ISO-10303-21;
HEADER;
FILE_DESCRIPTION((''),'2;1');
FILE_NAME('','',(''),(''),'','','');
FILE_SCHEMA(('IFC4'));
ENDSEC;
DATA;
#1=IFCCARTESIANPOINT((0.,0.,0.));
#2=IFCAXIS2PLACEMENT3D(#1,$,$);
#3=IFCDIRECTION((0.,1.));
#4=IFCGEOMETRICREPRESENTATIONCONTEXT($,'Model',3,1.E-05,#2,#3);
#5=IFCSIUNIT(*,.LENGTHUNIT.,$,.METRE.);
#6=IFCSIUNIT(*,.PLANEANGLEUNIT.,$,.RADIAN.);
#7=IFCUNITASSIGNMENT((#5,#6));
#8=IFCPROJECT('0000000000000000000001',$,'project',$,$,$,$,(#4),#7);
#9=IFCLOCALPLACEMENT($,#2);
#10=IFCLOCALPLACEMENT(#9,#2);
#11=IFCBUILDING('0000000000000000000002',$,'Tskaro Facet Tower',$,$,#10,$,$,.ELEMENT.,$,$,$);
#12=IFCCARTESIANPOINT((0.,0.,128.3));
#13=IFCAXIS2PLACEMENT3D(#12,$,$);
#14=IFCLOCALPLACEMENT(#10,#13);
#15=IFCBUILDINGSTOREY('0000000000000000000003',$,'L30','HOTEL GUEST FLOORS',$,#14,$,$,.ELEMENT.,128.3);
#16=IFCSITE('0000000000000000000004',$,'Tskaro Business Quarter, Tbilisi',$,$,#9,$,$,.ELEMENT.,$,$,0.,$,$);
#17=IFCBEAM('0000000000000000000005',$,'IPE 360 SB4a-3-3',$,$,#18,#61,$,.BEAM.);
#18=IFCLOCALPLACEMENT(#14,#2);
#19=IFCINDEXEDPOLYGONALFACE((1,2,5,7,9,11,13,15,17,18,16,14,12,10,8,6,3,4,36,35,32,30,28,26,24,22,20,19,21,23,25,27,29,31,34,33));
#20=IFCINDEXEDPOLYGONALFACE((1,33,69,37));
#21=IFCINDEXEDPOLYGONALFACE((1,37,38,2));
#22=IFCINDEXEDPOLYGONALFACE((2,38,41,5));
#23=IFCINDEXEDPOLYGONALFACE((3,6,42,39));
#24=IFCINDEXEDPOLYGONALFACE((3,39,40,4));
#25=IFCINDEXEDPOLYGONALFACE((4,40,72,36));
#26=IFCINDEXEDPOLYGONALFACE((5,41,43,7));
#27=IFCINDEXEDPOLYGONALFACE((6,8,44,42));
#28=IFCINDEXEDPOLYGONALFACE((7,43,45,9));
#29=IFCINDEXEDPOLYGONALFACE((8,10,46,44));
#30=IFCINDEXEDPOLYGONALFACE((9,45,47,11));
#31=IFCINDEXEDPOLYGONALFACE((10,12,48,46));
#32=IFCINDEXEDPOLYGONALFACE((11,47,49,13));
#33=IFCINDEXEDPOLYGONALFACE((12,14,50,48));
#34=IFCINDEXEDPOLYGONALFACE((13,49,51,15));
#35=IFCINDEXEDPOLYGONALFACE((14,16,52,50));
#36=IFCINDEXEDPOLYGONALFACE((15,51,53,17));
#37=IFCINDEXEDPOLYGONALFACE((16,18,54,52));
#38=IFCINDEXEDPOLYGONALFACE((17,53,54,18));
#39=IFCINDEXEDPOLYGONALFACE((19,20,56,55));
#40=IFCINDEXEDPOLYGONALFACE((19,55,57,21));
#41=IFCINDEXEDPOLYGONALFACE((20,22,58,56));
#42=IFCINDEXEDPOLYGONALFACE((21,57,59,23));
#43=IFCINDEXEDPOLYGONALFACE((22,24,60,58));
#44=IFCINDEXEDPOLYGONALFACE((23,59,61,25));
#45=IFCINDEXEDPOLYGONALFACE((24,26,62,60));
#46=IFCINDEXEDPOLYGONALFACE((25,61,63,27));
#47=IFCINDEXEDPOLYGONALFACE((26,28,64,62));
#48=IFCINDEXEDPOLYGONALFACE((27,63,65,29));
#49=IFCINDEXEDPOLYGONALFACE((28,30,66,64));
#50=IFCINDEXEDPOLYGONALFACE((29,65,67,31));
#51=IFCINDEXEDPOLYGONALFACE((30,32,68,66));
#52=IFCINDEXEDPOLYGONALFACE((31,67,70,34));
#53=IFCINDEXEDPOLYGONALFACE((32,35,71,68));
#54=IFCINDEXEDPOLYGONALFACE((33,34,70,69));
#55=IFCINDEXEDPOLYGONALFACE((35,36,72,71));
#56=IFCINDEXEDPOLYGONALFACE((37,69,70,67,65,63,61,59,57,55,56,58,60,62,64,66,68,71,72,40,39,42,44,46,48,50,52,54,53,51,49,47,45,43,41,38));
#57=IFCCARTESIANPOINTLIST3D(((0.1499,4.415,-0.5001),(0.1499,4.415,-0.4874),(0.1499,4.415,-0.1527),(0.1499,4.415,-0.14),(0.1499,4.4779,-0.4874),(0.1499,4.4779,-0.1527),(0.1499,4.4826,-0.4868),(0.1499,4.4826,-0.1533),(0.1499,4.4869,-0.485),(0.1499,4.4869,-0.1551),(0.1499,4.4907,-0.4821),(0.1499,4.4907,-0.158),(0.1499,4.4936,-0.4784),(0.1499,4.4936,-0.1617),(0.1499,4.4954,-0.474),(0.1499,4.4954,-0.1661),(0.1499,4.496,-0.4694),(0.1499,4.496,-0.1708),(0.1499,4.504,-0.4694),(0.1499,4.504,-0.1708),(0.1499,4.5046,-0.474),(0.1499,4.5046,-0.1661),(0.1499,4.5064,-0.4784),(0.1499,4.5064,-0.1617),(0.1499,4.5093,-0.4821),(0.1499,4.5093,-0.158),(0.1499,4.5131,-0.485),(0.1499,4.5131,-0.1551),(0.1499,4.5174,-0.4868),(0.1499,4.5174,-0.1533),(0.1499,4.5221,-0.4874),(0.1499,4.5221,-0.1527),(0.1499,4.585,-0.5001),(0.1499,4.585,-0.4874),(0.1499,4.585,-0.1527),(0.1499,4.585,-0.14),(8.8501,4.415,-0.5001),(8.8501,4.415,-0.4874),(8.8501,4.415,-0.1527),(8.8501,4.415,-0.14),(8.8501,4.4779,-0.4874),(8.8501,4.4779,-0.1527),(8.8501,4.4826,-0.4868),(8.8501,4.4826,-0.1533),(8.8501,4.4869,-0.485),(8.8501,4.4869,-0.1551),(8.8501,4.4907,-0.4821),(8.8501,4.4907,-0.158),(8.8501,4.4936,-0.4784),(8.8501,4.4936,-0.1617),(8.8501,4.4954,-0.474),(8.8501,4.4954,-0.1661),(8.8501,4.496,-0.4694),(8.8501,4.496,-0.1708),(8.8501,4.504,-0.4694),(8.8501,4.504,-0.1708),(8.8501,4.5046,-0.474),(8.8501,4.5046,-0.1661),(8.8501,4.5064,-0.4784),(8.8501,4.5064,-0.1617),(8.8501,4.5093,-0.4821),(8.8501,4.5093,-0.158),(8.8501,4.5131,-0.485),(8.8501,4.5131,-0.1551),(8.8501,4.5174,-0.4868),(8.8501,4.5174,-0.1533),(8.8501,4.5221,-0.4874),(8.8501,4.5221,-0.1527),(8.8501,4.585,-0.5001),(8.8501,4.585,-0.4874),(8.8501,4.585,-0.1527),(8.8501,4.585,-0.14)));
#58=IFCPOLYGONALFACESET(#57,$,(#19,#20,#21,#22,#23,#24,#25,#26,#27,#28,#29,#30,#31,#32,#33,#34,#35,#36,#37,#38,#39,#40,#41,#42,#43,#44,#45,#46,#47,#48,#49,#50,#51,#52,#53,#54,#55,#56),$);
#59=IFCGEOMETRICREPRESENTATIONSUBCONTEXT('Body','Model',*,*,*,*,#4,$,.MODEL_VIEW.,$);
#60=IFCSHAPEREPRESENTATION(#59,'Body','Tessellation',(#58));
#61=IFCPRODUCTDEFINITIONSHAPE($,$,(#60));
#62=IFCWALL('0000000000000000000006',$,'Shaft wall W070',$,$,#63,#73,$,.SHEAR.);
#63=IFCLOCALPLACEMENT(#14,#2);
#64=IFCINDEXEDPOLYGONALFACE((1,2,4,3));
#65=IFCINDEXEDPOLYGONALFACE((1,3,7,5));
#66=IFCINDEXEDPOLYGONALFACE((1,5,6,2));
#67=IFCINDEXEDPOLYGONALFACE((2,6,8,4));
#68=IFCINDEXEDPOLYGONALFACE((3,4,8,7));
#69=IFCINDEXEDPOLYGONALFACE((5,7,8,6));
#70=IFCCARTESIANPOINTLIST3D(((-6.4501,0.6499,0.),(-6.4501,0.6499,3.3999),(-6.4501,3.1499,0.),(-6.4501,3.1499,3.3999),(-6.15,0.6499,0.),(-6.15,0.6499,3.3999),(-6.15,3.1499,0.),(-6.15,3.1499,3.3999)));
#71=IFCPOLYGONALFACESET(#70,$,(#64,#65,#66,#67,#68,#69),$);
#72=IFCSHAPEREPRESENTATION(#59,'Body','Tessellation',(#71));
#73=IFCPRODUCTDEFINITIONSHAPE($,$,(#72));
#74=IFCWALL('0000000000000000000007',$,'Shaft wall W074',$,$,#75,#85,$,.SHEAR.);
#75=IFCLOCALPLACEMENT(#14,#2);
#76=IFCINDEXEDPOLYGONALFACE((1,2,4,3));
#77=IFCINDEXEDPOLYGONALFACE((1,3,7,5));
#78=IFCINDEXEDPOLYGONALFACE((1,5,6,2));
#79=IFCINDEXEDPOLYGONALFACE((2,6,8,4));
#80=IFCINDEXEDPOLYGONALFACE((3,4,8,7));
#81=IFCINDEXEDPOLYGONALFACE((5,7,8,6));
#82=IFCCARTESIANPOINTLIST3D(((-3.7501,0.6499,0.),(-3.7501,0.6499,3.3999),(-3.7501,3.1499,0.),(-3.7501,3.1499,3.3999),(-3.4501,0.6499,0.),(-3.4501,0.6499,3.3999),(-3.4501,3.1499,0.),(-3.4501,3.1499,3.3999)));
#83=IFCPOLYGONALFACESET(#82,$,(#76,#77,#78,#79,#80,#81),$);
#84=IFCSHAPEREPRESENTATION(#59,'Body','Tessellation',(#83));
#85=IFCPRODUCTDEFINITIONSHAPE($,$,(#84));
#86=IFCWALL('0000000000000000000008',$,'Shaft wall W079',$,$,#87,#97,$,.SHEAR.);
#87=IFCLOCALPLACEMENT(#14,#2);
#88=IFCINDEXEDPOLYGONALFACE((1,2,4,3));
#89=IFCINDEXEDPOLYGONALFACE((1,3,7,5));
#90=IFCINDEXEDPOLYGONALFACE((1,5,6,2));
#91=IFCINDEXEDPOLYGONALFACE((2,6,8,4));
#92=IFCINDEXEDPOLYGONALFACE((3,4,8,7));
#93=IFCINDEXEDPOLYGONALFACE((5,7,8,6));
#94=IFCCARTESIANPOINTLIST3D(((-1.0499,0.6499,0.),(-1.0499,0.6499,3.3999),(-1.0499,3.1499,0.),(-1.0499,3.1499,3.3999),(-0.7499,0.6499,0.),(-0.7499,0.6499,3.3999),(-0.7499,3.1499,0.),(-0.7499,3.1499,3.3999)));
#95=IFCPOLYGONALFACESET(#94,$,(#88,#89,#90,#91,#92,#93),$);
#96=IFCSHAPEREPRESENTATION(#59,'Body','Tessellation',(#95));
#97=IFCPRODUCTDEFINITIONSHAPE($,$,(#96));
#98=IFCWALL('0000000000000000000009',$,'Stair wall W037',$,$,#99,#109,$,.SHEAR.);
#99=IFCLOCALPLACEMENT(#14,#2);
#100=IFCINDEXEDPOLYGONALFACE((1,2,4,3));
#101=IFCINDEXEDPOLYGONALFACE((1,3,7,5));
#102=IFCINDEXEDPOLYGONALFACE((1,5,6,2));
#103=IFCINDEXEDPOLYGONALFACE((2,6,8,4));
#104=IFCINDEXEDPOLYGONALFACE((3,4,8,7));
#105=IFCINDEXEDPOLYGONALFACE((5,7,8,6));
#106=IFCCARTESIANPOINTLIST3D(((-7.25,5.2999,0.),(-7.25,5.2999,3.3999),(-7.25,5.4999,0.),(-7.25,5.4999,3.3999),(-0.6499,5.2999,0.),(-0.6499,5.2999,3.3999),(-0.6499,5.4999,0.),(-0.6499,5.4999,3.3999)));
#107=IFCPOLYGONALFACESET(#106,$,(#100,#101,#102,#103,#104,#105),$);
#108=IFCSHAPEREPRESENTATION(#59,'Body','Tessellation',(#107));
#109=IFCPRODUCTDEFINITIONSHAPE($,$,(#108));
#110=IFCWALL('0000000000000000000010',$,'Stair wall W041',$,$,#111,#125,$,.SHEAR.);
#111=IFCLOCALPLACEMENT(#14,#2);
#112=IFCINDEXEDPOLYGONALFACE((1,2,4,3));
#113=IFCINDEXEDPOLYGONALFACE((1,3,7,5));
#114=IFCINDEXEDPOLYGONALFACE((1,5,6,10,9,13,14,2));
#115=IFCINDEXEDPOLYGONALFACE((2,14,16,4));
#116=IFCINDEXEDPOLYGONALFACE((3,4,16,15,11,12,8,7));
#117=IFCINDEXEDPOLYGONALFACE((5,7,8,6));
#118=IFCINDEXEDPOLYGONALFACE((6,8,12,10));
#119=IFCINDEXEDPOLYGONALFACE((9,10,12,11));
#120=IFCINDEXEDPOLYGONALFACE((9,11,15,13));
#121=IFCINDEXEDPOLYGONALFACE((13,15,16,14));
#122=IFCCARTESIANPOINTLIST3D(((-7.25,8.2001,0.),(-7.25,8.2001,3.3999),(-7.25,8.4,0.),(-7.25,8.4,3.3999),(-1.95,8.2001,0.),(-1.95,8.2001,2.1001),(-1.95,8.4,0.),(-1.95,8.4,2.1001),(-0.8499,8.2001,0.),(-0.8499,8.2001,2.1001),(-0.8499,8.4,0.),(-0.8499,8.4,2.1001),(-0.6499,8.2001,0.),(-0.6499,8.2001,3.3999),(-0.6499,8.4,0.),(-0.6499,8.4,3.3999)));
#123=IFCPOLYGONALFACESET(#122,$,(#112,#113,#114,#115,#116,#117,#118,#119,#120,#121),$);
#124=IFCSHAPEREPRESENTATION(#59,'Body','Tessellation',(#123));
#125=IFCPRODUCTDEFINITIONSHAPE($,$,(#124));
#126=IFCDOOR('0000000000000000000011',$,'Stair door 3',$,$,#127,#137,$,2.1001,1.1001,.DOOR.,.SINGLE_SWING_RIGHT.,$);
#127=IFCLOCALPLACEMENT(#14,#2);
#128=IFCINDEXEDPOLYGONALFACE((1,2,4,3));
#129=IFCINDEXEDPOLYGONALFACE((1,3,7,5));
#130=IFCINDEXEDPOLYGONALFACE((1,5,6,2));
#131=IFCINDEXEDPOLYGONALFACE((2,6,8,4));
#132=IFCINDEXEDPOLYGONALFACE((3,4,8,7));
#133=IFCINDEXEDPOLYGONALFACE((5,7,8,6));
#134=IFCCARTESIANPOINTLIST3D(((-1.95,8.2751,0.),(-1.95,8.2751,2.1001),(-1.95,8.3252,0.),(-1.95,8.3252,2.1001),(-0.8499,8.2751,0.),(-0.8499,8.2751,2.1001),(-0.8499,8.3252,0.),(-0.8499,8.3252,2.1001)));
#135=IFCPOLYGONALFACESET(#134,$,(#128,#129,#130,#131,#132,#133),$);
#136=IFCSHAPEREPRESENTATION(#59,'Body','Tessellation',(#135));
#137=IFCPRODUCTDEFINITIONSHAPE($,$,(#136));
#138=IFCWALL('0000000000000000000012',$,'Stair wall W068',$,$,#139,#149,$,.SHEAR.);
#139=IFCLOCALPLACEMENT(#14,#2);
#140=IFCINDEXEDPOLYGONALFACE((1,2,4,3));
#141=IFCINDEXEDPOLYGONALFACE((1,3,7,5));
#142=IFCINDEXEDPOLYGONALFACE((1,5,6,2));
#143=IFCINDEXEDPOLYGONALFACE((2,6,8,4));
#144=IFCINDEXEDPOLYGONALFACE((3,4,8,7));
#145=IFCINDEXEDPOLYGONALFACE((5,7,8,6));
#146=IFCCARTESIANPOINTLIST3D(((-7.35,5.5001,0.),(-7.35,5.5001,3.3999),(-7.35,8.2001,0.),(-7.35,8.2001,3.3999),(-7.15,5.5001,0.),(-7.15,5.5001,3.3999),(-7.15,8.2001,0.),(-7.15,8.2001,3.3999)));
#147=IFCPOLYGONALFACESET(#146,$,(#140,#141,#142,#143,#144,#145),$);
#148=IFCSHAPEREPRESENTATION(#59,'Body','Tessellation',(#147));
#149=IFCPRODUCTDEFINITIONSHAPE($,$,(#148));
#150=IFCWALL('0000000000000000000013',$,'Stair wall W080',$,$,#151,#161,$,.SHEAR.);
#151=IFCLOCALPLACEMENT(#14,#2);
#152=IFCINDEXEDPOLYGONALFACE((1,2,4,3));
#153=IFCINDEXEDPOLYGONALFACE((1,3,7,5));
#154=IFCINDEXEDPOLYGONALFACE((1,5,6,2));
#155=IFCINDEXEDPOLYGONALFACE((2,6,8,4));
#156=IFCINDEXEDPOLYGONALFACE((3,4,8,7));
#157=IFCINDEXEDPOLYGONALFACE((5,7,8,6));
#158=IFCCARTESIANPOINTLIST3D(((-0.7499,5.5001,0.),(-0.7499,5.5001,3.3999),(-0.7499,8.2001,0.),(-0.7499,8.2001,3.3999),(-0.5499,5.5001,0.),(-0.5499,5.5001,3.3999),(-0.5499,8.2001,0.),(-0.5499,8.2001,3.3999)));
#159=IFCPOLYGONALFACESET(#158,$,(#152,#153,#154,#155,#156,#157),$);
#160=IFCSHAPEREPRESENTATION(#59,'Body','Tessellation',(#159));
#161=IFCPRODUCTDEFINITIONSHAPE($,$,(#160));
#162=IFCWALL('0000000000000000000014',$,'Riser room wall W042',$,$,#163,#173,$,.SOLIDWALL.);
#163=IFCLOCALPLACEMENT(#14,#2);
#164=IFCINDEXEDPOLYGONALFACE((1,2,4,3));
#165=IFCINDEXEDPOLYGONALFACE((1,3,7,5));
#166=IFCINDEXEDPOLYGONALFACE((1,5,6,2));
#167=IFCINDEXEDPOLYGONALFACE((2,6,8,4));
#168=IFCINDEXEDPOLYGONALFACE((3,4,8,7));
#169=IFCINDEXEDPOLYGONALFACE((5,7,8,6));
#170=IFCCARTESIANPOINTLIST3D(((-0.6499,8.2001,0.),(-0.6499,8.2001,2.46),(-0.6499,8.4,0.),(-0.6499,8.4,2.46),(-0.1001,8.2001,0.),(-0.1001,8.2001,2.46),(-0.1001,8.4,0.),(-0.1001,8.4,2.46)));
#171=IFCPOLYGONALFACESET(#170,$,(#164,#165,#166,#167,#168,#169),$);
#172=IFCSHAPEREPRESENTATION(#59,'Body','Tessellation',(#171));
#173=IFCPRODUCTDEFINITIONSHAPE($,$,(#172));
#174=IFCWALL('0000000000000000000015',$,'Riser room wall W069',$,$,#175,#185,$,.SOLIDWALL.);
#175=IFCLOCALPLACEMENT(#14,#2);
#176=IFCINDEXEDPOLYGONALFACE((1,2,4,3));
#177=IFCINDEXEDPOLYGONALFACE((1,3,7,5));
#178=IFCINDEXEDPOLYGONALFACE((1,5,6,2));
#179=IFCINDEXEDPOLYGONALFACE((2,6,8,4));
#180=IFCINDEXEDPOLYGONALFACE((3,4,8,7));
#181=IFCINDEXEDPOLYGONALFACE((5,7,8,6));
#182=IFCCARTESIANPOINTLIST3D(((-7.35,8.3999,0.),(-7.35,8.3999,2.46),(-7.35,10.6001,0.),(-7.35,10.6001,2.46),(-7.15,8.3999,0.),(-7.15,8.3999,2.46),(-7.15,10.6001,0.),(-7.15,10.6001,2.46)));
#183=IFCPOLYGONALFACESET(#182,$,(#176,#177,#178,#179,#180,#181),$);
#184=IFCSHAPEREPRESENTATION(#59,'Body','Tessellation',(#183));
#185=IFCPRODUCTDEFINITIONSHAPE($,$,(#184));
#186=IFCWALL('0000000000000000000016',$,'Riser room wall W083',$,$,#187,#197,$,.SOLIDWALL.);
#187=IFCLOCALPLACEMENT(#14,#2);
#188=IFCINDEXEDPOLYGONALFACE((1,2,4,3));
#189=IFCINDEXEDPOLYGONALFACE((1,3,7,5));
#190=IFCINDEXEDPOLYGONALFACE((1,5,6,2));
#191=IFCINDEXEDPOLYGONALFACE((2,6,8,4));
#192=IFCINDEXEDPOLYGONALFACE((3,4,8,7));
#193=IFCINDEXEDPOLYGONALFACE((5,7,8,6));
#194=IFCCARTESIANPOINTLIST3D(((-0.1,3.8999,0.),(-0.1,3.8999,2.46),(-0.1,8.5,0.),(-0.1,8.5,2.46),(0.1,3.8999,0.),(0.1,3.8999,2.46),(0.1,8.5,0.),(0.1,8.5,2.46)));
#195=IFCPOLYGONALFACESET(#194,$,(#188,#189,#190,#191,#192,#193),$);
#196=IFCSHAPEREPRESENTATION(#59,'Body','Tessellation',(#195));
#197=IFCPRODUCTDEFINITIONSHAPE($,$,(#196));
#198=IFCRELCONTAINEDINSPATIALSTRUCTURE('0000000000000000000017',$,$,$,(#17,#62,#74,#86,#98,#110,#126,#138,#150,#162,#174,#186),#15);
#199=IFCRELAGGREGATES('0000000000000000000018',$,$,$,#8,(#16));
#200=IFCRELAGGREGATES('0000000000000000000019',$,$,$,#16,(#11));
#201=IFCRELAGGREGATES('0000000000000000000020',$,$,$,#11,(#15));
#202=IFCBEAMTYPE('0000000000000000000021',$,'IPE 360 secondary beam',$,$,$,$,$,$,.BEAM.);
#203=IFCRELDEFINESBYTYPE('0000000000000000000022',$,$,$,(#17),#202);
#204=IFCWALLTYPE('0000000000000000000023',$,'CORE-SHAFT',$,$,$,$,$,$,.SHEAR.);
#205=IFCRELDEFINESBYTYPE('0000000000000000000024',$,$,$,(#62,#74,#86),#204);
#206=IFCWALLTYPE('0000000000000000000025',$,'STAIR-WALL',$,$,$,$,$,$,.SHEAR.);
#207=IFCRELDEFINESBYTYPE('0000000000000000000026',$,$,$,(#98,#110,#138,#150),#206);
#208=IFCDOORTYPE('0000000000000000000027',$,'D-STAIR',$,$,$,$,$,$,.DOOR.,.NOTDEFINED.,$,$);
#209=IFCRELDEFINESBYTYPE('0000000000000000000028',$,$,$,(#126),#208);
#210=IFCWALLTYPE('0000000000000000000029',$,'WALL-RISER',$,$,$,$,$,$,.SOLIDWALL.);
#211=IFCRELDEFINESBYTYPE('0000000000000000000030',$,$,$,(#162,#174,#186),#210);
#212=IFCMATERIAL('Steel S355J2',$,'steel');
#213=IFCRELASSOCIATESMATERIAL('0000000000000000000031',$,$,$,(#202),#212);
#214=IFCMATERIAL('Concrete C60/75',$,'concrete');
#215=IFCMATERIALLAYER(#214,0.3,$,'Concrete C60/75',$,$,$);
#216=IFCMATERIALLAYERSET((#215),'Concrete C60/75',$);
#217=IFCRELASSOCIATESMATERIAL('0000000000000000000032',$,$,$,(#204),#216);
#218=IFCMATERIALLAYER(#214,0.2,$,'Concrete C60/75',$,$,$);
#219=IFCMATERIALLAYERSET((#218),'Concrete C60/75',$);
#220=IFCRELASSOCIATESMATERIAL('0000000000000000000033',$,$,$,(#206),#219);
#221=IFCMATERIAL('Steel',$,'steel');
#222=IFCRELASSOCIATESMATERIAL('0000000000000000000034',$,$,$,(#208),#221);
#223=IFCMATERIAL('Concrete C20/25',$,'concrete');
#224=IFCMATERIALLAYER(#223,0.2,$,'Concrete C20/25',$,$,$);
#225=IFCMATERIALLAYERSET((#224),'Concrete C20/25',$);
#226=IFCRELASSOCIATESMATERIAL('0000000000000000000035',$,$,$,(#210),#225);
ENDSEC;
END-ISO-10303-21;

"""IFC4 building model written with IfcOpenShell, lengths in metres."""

from ifc_helpers import new_model, si_unit, direction, frame, frame_2d, origin, origin_2d, place, context, subcontext, project, spatial, rectangle, i_section, extrude, material, layer, layer_set, material_profile, profile_set, type_object, element, fill, save


model = new_model("IFC4")

# Units and contexts
model_context = context("Model", 3, precision=1e-05, world=origin(), true_north=direction((0.0, 1.0)))
body_context = subcontext(model_context, "Body", "Model", "MODEL_VIEW")
ifc_project = project(units=[si_unit("LENGTHUNIT", "METRE"), si_unit("PLANEANGLEUNIT", "RADIAN")], contexts=[model_context])

# Site, building, storey
site_placement = place(None, origin())
site = spatial("IfcSite", under=ifc_project, at=site_placement, Name="Tskaro Business Quarter, Tbilisi", CompositionType="ELEMENT", RefElevation=0.0)
building_placement = place(site_placement, origin())
building = spatial("IfcBuilding", under=site, at=building_placement, Name="Tskaro Facet Tower", CompositionType="ELEMENT")
storey_placement = place(building_placement, frame((0.0, 0.0, 128.3)))
storey = spatial("IfcBuildingStorey", under=building, at=storey_placement, Name="L30", Description="HOTEL GUEST FLOORS", CompositionType="ELEMENT", Elevation=128.3)

# Beam
ifc_material_1 = material(Name="Steel S355J2", Category="steel")
ifc_material_profile_1 = material_profile(ifc_material_1, i_section(OverallWidth=0.1699, OverallDepth=0.3601, WebThickness=0.0081, FlangeThickness=0.0127, FilletRadius=0.0181, at=origin_2d()), Name="IPE 360")
ifc_profile_set_1 = profile_set([ifc_material_profile_1], Name="Steel S355J2")
beam_type_1 = type_object("IfcBeamType", Name="IPE 360 secondary beam", PredefinedType="BEAM", material=ifc_profile_set_1)
beam_1_placement = place(storey_placement, frame((0.1499, 4.5, -0.3201), z_axis=(1.0, 0.0, 0.0), x_axis=(0.0, 1.0, 0.0)))
element("IfcBeam", 1, at=beam_1_placement, inside=storey, type_object=beam_type_1, Name="IPE 360 SB4a-3-3", PredefinedType="BEAM", context=body_context, shape_type="SweptSolid", body=[
    extrude(i_section(OverallWidth=0.1699, OverallDepth=0.3601, WebThickness=0.0081, FlangeThickness=0.0127, FilletRadius=0.0181, at=origin_2d()), origin(), (0.0, 0.0, 1.0), 8.7002),
])

# Walls
ifc_material_2 = material(Name="Concrete C60/75", Category="concrete")
ifc_layer_1 = layer(ifc_material_2, 0.3, Name="Concrete C60/75")
ifc_layer_set_1 = layer_set([ifc_layer_1], Name="Concrete C60/75")
wall_type_1 = type_object("IfcWallType", Name="CORE-SHAFT", PredefinedType="SHEAR", material=ifc_layer_set_1)
for number, where, z_axis, x_axis, name in (
    (2, (-6.3, 0.6499, 0.0), (0.0, 0.0, 1.0), (0.0, 1.0, 0.0), "Shaft wall W070"),
    (3, (-3.6001, 0.6499, 0.0), (0.0, 0.0, 1.0), (0.0, 1.0, 0.0), "Shaft wall W074"),
    (4, (-0.8999, 0.6499, 0.0), (0.0, 0.0, 1.0), (0.0, 1.0, 0.0), "Shaft wall W079"),
):
    element("IfcWall", number, at=place(storey_placement, frame(where, z_axis=z_axis, x_axis=x_axis)), inside=storey, type_object=wall_type_1, Name=name, PredefinedType="SHEAR", context=body_context, shape_type="SweptSolid", body=[
        extrude(rectangle(XDim=2.5, YDim=0.3, at=frame_2d((1.25, 0.0))), origin(), (0.0, 0.0, 1.0), 3.3999),
    ])
ifc_layer_2 = layer(ifc_material_2, 0.2, Name="Concrete C60/75")
ifc_layer_set_2 = layer_set([ifc_layer_2], Name="Concrete C60/75")
wall_type_2 = type_object("IfcWallType", Name="STAIR-WALL", PredefinedType="SHEAR", material=ifc_layer_set_2)
wall_1_placement = place(storey_placement, frame((-7.25, 5.3999, 0.0), z_axis=(0.0, 0.0, 1.0), x_axis=(1.0, 0.0, 0.0)))
element("IfcWall", 5, at=wall_1_placement, inside=storey, type_object=wall_type_2, Name="Stair wall W037", PredefinedType="SHEAR", context=body_context, shape_type="SweptSolid", body=[
    extrude(rectangle(XDim=6.6001, YDim=0.2, at=frame_2d((3.3, 0.0))), origin(), (0.0, 0.0, 1.0), 3.3999),
])

# Wall, opening, door
wall_2_placement = place(storey_placement, frame((-0.6499, 8.3, 0.0), z_axis=(0.0, 0.0, 1.0), x_axis=(-1.0, 0.0, 0.0)))
wall_2 = element("IfcWall", 6, at=wall_2_placement, inside=storey, type_object=wall_type_2, Name="Stair wall W041", PredefinedType="SHEAR", context=body_context, shape_type="SweptSolid", body=[
    extrude(rectangle(XDim=6.6001, YDim=0.2, at=frame_2d((3.3, 0.0))), origin(), (0.0, 0.0, 1.0), 3.3999),
])
opening_placement = place(wall_2_placement, frame((0.2, 0.0, 0.0)))
opening = element("IfcOpeningElement", 7, at=opening_placement, cuts=wall_2, PredefinedType="OPENING", context=body_context, shape_type="SweptSolid", body=[
    extrude(rectangle(XDim=1.1001, YDim=2.1001, at=frame_2d((0.55, 1.05))), frame((0.0, 0.1099, 0.0), z_axis=(0.0, -1.0, 0.0), x_axis=(1.0, 0.0, 0.0)), (0.0, 0.0, 1.0), 0.22),
])
ifc_material_3 = material(Name="Steel", Category="steel")
door_type = type_object("IfcDoorType", Name="D-STAIR", OperationType="NOTDEFINED", PredefinedType="DOOR", material=ifc_material_3)
door_placement = place(opening_placement, origin())
door = element("IfcDoor", 8, at=door_placement, inside=storey, type_object=door_type, Name="Stair door 3", OperationType="SINGLE_SWING_RIGHT", OverallHeight=2.1001, OverallWidth=1.1001, PredefinedType="DOOR", context=body_context, shape_type="SweptSolid", body=[
    extrude(rectangle(XDim=1.1001, YDim=2.1001, at=frame_2d((0.55, 1.05))), frame((0.0, 0.0249, 0.0), z_axis=(0.0, -1.0, 0.0), x_axis=(1.0, 0.0, 0.0)), (0.0, 0.0, 1.0), 0.05),
])
fill(opening, door)

# Walls
for number, where, z_axis, x_axis, name in (
    (9, (-7.25, 5.5, 0.0), (0.0, 0.0, 1.0), (0.0, 1.0, 0.0), "Stair wall W068"),
    (10, (-0.6499, 5.5, 0.0), (0.0, 0.0, 1.0), (0.0, 1.0, 0.0), "Stair wall W080"),
):
    element("IfcWall", number, at=place(storey_placement, frame(where, z_axis=z_axis, x_axis=x_axis)), inside=storey, type_object=wall_type_2, Name=name, PredefinedType="SHEAR", context=body_context, shape_type="SweptSolid", body=[
        extrude(rectangle(XDim=2.7, YDim=0.2, at=frame_2d((1.3501, 0.0))), origin(), (0.0, 0.0, 1.0), 3.3999),
    ])
ifc_material_4 = material(Name="Concrete C20/25", Category="concrete")
ifc_layer_3 = layer(ifc_material_4, 0.2, Name="Concrete C20/25")
ifc_layer_set_3 = layer_set([ifc_layer_3], Name="Concrete C20/25")
wall_type_3 = type_object("IfcWallType", Name="WALL-RISER", PredefinedType="SOLIDWALL", material=ifc_layer_set_3)
wall_3_placement = place(storey_placement, frame((-0.6499, 8.3, 0.0), z_axis=(0.0, 0.0, 1.0), x_axis=(1.0, 0.0, 0.0)))
element("IfcWall", 11, at=wall_3_placement, inside=storey, type_object=wall_type_3, Name="Riser room wall W042", PredefinedType="SOLIDWALL", context=body_context, shape_type="SweptSolid", body=[
    extrude(rectangle(XDim=0.5498, YDim=0.2, at=frame_2d((0.2749, 0.0))), origin(), (0.0, 0.0, 1.0), 2.46),
])
wall_4_placement = place(storey_placement, frame((-7.25, 8.3999, 0.0), z_axis=(0.0, 0.0, 1.0), x_axis=(0.0, 1.0, 0.0)))
element("IfcWall", 12, at=wall_4_placement, inside=storey, type_object=wall_type_3, Name="Riser room wall W069", PredefinedType="SOLIDWALL", context=body_context, shape_type="SweptSolid", body=[
    extrude(rectangle(XDim=2.2002, YDim=0.2, at=frame_2d((1.1001, 0.0))), origin(), (0.0, 0.0, 1.0), 2.46),
])
wall_5_placement = place(storey_placement, frame((0.0, 3.8999, 0.0), z_axis=(0.0, 0.0, 1.0), x_axis=(0.0, 1.0, 0.0)))
element("IfcWall", 13, at=wall_5_placement, inside=storey, type_object=wall_type_3, Name="Riser room wall W083", PredefinedType="SOLIDWALL", context=body_context, shape_type="SweptSolid", body=[
    extrude(rectangle(XDim=4.6001, YDim=0.2, at=frame_2d((2.3, 0.0))), origin(), (0.0, 0.0, 1.0), 2.46),
])

save(model, "model.ifc")
